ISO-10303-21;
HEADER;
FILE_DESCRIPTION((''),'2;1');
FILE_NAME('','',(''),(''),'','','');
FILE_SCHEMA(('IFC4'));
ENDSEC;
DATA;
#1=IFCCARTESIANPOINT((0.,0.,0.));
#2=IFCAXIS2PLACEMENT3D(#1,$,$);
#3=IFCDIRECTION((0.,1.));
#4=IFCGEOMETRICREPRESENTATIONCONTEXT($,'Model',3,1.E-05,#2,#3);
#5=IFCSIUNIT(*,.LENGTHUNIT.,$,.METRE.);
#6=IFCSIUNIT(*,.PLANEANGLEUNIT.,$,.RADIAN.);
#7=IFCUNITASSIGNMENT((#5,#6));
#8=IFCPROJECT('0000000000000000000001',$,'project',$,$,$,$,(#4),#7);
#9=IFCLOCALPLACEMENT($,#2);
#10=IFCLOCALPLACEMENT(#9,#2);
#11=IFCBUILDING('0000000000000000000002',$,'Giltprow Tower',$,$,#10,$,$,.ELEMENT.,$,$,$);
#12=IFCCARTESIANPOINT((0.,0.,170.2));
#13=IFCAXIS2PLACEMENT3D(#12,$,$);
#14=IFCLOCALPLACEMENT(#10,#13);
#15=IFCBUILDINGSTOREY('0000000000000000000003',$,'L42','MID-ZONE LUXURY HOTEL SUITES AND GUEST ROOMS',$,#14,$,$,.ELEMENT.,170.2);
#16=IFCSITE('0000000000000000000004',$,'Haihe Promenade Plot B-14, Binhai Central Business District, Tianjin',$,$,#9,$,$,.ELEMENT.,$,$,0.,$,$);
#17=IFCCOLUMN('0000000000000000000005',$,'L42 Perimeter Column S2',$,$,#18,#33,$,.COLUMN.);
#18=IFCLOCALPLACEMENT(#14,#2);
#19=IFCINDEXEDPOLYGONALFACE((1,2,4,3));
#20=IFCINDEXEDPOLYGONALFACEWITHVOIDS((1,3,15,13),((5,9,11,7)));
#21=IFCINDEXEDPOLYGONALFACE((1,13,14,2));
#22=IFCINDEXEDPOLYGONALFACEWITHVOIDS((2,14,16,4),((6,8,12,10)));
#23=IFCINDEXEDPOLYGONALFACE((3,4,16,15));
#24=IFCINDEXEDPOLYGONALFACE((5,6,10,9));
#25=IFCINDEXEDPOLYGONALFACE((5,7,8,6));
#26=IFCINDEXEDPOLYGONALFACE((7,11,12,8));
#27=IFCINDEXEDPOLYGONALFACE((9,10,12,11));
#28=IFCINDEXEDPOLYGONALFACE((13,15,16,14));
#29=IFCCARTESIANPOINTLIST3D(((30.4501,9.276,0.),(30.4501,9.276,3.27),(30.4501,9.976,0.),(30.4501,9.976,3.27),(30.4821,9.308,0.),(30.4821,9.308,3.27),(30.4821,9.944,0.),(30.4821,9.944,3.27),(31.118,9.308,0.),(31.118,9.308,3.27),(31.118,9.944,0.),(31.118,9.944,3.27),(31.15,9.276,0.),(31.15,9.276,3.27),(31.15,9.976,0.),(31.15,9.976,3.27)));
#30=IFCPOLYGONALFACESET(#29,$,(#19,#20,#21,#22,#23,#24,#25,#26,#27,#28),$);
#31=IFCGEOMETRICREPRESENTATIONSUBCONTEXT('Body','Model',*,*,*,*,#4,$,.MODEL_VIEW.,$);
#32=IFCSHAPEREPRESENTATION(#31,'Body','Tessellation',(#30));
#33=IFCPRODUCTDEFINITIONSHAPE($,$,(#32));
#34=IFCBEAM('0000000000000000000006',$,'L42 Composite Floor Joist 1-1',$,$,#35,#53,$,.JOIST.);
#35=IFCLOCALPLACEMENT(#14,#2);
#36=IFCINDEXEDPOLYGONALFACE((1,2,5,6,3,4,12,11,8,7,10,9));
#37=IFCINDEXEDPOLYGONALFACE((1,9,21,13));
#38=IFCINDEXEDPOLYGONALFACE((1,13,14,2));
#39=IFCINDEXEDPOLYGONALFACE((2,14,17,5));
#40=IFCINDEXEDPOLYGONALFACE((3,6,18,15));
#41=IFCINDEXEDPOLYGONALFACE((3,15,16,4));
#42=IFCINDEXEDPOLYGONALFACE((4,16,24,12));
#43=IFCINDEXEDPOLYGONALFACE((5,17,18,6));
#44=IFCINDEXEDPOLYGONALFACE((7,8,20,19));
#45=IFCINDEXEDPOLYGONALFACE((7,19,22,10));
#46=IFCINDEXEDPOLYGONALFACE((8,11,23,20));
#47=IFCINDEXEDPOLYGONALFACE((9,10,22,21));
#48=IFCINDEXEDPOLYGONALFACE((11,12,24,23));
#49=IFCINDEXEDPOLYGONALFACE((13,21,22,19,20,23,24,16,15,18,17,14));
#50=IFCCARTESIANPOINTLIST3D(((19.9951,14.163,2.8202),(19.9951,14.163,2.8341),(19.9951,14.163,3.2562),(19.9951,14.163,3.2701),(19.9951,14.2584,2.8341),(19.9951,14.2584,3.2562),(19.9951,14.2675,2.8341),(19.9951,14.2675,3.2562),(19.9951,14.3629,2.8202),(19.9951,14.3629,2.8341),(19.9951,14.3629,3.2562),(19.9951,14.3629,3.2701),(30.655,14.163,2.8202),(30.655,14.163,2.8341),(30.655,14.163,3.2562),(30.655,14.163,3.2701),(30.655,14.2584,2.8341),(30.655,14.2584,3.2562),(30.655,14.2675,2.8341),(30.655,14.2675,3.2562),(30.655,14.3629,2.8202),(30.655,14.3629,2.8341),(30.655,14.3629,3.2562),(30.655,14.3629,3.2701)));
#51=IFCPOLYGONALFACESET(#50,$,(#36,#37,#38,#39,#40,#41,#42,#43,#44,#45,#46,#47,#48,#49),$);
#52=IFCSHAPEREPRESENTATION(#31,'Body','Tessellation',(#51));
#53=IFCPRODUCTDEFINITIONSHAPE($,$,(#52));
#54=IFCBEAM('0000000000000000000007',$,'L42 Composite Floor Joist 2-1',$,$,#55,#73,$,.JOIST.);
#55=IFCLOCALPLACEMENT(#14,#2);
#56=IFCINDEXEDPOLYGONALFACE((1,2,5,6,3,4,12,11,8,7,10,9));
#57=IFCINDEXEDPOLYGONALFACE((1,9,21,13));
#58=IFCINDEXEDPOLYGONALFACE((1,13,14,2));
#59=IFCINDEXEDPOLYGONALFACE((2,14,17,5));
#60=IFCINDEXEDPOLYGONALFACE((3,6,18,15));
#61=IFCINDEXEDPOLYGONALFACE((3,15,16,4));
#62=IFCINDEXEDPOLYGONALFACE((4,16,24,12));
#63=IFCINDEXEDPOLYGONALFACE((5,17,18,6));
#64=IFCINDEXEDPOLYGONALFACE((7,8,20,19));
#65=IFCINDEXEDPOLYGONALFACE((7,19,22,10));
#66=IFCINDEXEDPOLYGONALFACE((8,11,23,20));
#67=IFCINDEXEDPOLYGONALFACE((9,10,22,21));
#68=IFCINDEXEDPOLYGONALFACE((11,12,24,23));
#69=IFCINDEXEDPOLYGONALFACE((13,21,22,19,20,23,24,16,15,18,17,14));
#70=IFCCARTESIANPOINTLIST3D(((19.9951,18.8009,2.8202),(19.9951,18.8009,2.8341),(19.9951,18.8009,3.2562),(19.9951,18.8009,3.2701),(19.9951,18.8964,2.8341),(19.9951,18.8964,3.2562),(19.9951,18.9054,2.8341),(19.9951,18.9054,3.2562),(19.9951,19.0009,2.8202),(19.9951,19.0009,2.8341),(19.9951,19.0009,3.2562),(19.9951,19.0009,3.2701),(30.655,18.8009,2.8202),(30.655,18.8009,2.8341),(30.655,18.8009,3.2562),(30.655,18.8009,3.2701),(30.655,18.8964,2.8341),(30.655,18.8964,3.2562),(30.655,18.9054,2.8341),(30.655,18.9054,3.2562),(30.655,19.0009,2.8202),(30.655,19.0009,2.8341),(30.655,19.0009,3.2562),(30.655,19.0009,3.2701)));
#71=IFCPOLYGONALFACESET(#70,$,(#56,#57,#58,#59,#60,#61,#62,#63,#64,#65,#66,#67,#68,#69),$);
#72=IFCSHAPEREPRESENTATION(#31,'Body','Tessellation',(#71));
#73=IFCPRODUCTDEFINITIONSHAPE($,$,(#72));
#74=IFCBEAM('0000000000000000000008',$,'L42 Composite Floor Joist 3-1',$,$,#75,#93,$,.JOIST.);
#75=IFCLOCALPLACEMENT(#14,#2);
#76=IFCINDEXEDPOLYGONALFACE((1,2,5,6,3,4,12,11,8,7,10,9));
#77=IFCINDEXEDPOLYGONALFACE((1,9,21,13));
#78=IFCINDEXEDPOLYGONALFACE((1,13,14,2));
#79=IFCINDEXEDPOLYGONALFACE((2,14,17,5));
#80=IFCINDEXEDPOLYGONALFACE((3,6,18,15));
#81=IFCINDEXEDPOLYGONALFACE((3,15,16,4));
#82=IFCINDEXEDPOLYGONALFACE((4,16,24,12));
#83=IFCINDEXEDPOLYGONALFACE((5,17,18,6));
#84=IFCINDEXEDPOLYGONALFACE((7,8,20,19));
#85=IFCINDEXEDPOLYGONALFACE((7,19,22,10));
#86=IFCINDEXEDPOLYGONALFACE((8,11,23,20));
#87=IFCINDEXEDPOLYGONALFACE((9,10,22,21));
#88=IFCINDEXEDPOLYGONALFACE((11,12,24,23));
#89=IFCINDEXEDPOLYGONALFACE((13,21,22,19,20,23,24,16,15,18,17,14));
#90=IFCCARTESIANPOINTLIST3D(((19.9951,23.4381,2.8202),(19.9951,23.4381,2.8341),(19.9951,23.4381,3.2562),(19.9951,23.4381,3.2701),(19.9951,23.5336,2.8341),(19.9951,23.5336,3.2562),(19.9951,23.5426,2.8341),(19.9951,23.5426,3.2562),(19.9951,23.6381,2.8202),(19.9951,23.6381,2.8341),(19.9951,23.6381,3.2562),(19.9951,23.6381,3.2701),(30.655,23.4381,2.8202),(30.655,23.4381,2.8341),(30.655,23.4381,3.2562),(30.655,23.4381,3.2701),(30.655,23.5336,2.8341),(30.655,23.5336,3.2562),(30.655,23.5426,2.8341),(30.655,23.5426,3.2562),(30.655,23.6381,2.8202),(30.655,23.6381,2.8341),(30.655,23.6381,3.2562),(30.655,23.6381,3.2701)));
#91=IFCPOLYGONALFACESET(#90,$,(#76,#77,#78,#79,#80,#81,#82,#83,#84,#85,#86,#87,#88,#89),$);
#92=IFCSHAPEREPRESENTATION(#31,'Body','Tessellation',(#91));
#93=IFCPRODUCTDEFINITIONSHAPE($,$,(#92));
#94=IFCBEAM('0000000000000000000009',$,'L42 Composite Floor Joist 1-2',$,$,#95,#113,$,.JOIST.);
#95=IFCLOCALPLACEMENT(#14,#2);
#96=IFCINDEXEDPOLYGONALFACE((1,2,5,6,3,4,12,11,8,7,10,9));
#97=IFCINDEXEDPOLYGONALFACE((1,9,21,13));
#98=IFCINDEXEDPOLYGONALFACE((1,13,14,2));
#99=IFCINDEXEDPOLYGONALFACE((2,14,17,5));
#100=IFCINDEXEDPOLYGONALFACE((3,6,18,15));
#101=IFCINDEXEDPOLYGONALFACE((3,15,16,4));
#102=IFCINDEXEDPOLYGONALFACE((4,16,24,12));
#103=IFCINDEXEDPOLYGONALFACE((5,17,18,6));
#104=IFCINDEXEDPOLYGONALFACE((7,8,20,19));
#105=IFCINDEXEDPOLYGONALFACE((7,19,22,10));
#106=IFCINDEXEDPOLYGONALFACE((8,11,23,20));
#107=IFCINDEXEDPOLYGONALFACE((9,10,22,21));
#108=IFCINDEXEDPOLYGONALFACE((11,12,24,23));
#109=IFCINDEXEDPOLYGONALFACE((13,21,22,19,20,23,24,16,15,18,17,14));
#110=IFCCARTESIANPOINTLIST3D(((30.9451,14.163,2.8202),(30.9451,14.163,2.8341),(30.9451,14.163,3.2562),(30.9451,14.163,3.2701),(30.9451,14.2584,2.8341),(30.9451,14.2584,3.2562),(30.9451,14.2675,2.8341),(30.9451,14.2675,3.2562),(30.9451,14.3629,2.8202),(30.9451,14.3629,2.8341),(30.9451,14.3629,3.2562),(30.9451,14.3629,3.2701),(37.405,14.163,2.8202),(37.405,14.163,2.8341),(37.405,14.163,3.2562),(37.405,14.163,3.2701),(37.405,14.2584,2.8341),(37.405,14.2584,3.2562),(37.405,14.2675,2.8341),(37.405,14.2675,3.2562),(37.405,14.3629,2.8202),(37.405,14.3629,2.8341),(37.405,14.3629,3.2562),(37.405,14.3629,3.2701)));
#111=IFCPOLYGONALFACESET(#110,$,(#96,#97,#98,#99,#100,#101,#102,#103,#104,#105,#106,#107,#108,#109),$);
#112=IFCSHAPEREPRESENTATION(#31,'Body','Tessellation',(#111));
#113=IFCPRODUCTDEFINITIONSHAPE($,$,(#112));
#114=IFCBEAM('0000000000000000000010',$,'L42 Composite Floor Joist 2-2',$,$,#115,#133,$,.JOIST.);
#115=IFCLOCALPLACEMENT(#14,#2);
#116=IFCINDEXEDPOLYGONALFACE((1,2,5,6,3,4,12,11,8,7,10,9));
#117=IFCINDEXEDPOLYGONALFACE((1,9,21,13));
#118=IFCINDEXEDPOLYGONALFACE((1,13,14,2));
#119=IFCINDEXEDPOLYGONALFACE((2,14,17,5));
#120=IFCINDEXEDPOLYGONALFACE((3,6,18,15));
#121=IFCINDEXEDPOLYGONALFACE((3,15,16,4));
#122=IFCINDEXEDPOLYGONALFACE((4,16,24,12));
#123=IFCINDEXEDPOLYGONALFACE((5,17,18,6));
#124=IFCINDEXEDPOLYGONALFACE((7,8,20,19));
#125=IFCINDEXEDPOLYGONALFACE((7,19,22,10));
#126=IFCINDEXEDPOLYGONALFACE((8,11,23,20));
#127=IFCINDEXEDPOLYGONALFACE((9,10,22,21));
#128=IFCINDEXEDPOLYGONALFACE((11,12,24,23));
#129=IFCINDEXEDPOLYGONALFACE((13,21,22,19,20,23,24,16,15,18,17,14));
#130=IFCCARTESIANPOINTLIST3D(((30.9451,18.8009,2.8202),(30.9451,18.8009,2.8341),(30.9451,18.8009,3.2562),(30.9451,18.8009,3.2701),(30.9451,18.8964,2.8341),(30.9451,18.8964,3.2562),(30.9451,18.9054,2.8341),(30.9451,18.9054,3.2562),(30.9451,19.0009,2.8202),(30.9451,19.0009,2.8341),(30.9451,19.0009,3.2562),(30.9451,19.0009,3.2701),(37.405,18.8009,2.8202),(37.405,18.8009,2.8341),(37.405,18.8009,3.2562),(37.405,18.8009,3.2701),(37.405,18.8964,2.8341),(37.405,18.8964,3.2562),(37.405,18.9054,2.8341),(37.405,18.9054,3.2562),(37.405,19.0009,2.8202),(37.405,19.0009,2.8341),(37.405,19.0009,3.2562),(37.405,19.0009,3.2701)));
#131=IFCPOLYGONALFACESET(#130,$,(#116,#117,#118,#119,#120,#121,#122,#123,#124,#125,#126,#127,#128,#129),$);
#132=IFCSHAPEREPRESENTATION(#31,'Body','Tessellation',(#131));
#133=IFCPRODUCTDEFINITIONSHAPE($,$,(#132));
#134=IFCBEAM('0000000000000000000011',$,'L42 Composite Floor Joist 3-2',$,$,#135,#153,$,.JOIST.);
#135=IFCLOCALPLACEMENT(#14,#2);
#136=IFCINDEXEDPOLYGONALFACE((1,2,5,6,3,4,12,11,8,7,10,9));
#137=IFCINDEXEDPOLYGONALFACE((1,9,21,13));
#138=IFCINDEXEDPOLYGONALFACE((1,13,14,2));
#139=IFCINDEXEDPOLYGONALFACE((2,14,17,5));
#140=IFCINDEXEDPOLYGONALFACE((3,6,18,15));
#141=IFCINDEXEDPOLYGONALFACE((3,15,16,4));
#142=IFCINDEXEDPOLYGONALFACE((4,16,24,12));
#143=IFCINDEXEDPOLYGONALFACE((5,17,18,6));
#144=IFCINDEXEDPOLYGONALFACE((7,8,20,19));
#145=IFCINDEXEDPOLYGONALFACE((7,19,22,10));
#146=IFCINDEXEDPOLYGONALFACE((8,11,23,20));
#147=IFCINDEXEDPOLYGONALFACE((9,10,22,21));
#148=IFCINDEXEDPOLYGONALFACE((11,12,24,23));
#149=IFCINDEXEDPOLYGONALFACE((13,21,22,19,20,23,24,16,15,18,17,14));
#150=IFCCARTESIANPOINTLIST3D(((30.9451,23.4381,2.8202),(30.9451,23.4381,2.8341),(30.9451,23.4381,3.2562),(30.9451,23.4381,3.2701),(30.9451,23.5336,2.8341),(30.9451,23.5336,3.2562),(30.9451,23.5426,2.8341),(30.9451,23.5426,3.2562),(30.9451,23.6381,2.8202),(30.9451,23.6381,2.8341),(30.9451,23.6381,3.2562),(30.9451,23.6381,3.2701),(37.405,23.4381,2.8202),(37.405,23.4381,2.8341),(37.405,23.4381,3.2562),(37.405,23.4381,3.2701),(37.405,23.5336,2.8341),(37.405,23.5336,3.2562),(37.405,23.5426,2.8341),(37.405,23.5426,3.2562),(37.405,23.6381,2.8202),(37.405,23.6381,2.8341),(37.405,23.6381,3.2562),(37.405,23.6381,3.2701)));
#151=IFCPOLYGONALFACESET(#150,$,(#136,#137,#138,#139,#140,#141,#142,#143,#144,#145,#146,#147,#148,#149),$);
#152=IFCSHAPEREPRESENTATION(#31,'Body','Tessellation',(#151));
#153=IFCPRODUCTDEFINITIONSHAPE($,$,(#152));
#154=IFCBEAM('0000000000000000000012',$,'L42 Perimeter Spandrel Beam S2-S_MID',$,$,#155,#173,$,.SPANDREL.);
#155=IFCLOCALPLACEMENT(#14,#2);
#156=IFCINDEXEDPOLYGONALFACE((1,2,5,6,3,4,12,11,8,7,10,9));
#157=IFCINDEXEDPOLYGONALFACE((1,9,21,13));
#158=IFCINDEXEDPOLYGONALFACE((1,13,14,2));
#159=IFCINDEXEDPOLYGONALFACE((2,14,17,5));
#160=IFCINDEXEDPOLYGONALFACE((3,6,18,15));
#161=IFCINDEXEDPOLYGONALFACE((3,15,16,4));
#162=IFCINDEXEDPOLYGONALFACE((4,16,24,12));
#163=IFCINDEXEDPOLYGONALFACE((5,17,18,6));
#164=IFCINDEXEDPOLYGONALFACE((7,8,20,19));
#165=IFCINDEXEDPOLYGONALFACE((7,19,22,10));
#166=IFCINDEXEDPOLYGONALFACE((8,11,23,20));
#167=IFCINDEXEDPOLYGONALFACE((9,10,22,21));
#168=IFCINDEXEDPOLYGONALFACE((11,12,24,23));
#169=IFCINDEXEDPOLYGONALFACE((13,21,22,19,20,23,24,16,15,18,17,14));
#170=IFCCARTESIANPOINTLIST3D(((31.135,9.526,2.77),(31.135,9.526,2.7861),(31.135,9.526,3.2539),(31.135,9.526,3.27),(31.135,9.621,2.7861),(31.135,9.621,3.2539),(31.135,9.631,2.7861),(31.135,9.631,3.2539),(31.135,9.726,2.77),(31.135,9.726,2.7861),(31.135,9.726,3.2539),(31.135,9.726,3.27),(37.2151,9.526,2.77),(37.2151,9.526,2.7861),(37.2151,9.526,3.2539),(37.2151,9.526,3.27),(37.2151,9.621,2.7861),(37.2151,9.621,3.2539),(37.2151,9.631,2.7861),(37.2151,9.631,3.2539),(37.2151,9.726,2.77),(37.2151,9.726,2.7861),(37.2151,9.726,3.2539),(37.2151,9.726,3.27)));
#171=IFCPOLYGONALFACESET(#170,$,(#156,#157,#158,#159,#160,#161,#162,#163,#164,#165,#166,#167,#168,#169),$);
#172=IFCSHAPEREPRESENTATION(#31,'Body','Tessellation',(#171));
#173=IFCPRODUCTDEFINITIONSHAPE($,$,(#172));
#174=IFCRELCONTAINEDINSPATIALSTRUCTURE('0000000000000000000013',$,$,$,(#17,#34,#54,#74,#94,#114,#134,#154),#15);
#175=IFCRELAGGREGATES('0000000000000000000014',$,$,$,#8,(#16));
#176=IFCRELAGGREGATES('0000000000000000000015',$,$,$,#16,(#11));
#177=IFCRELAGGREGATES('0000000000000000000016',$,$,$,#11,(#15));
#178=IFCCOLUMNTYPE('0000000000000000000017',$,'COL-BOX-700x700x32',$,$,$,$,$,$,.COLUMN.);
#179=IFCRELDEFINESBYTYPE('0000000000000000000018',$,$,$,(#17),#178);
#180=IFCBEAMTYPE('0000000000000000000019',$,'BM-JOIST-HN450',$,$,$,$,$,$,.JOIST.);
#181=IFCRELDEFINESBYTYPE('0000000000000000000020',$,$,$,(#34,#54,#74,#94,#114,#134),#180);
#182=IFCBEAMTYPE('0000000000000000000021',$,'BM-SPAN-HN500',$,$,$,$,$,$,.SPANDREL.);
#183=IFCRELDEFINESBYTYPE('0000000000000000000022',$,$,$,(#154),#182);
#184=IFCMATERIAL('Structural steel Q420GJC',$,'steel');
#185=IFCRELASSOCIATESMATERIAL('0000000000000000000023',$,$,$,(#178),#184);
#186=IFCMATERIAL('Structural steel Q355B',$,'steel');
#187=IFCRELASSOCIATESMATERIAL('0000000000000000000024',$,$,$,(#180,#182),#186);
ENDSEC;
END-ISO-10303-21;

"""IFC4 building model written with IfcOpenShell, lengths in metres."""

from ifc_helpers import new_model, si_unit, direction, frame, origin, origin_2d, place, context, subcontext, project, spatial, hollow_rectangle, i_section, extrude, source, transform, mapped, material, material_profile, profile_set, type_object, element, save


model = new_model("IFC4")

# Units and contexts
model_context = context("Model", 3, precision=1e-05, world=origin(), true_north=direction((0.0, 1.0)))
body_context = subcontext(model_context, "Body", "Model", "MODEL_VIEW")
ifc_project = project(units=[si_unit("LENGTHUNIT", "METRE"), si_unit("PLANEANGLEUNIT", "RADIAN")], contexts=[model_context])

# Site, building, storey
site_placement = place(None, origin())
site = spatial("IfcSite", under=ifc_project, at=site_placement, Name="Haihe Promenade Plot B-14, Binhai Central Business District, Tianjin", CompositionType="ELEMENT", RefElevation=0.0)
building_placement = place(site_placement, origin())
building = spatial("IfcBuilding", under=site, at=building_placement, Name="Giltprow Tower", CompositionType="ELEMENT")
storey_placement = place(building_placement, frame((0.0, 0.0, 170.2)))
storey = spatial("IfcBuildingStorey", under=building, at=storey_placement, Name="L42", Description="MID-ZONE LUXURY HOTEL SUITES AND GUEST ROOMS", CompositionType="ELEMENT", Elevation=170.2)

# Column
ifc_material_1 = material(Name="Structural steel Q420GJC", Category="steel")
ifc_material_profile_1 = material_profile(ifc_material_1, hollow_rectangle(XDim=0.7, YDim=0.7, WallThickness=0.032, at=origin_2d()), Name="BOX 700x700x32")
ifc_profile_set_1 = profile_set([ifc_material_profile_1], Name="Structural steel Q420GJC")
column_type = type_object("IfcColumnType", Name="COL-BOX-700x700x32", PredefinedType="COLUMN", material=ifc_profile_set_1)
shared_shape_1 = source(origin(), body_context, "Body", "SweptSolid", [
    extrude(hollow_rectangle(XDim=0.7, YDim=0.7, WallThickness=0.032, at=origin_2d()), origin(), (0.0, 0.0, 1.0), 3.27),
])
column_placement = place(storey_placement, frame((30.8, 9.626, 0.0), z_axis=(0.0, 0.0, 1.0), x_axis=(1.0, 0.0, 0.0)))
element("IfcColumn", 1, at=column_placement, inside=storey, type_object=column_type, Name="L42 Perimeter Column S2", PredefinedType="COLUMN", context=body_context, shape_type="MappedRepresentation", body=[
    mapped(shared_shape_1, transform((0.0, 0.0, 0.0), x_axis=(1.0, 0.0, 0.0), y_axis=(0.0, 1.0, 0.0), z_axis=(0.0, 0.0, 1.0), scale=1.0)),
])

# Beams
ifc_material_2 = material(Name="Structural steel Q355B", Category="steel")
ifc_material_profile_2 = material_profile(ifc_material_2, i_section(OverallWidth=0.2, OverallDepth=0.45, WebThickness=0.009, FlangeThickness=0.0139, at=origin_2d()), Name="HN 450x200x9x14")
ifc_profile_set_2 = profile_set([ifc_material_profile_2], Name="Structural steel Q355B")
beam_type_1 = type_object("IfcBeamType", Name="BM-JOIST-HN450", PredefinedType="JOIST", material=ifc_profile_set_2)
shared_shape_2 = source(origin(), body_context, "Body", "SweptSolid", [
    extrude(i_section(OverallWidth=0.2, OverallDepth=0.45, WebThickness=0.009, FlangeThickness=0.0139, at=origin_2d()), origin(), (0.0, 0.0, 1.0), 10.6599),
])
for number, where, z_axis, x_axis, name in (
    (2, (19.9951, 14.2629, 3.0452), (1.0, 0.0, 0.0), (0.0, 1.0, 0.0), "L42 Composite Floor Joist 1-1"),
    (3, (19.9951, 18.9009, 3.0452), (1.0, 0.0, 0.0), (0.0, 1.0, 0.0), "L42 Composite Floor Joist 2-1"),
    (4, (19.9951, 23.5381, 3.0452), (1.0, 0.0, 0.0), (0.0, 1.0, 0.0), "L42 Composite Floor Joist 3-1"),
):
    element("IfcBeam", number, at=place(storey_placement, frame(where, z_axis=z_axis, x_axis=x_axis)), inside=storey, type_object=beam_type_1, Name=name, PredefinedType="JOIST", context=body_context, shape_type="MappedRepresentation", body=[
        mapped(shared_shape_2, transform((0.0, 0.0, 0.0), x_axis=(1.0, 0.0, 0.0), y_axis=(0.0, 1.0, 0.0), z_axis=(0.0, 0.0, 1.0), scale=1.0)),
    ])
shared_shape_3 = source(origin(), body_context, "Body", "SweptSolid", [
    extrude(i_section(OverallWidth=0.2, OverallDepth=0.45, WebThickness=0.009, FlangeThickness=0.0139, at=origin_2d()), origin(), (0.0, 0.0, 1.0), 6.46),
])
for number, where, z_axis, x_axis, name in (
    (5, (30.9451, 14.2629, 3.0452), (1.0, 0.0, 0.0), (0.0, 1.0, 0.0), "L42 Composite Floor Joist 1-2"),
    (6, (30.9451, 18.9009, 3.0452), (1.0, 0.0, 0.0), (0.0, 1.0, 0.0), "L42 Composite Floor Joist 2-2"),
    (7, (30.9451, 23.5381, 3.0452), (1.0, 0.0, 0.0), (0.0, 1.0, 0.0), "L42 Composite Floor Joist 3-2"),
):
    element("IfcBeam", number, at=place(storey_placement, frame(where, z_axis=z_axis, x_axis=x_axis)), inside=storey, type_object=beam_type_1, Name=name, PredefinedType="JOIST", context=body_context, shape_type="MappedRepresentation", body=[
        mapped(shared_shape_3, transform((0.0, 0.0, 0.0), x_axis=(1.0, 0.0, 0.0), y_axis=(0.0, 1.0, 0.0), z_axis=(0.0, 0.0, 1.0), scale=1.0)),
    ])
ifc_material_profile_3 = material_profile(ifc_material_2, i_section(OverallWidth=0.2, OverallDepth=0.5, WebThickness=0.01, FlangeThickness=0.0161, at=origin_2d()), Name="HN 500x200x10x16")
ifc_profile_set_3 = profile_set([ifc_material_profile_3], Name="Structural steel Q355B")
beam_type_2 = type_object("IfcBeamType", Name="BM-SPAN-HN500", PredefinedType="SPANDREL", material=ifc_profile_set_3)
shared_shape_4 = source(origin(), body_context, "Body", "SweptSolid", [
    extrude(i_section(OverallWidth=0.2, OverallDepth=0.5, WebThickness=0.01, FlangeThickness=0.0161, at=origin_2d()), origin(), (0.0, 0.0, 1.0), 6.0801),
])
beam_placement = place(storey_placement, frame((31.135, 9.626, 3.02), z_axis=(1.0, 0.0, 0.0), x_axis=(0.0, 1.0, 0.0)))
element("IfcBeam", 8, at=beam_placement, inside=storey, type_object=beam_type_2, Name="L42 Perimeter Spandrel Beam S2-S_MID", PredefinedType="SPANDREL", context=body_context, shape_type="MappedRepresentation", body=[
    mapped(shared_shape_4, transform((0.0, 0.0, 0.0), x_axis=(1.0, 0.0, 0.0), y_axis=(0.0, 1.0, 0.0), z_axis=(0.0, 0.0, 1.0), scale=1.0)),
])

save(model, "model.ifc")
